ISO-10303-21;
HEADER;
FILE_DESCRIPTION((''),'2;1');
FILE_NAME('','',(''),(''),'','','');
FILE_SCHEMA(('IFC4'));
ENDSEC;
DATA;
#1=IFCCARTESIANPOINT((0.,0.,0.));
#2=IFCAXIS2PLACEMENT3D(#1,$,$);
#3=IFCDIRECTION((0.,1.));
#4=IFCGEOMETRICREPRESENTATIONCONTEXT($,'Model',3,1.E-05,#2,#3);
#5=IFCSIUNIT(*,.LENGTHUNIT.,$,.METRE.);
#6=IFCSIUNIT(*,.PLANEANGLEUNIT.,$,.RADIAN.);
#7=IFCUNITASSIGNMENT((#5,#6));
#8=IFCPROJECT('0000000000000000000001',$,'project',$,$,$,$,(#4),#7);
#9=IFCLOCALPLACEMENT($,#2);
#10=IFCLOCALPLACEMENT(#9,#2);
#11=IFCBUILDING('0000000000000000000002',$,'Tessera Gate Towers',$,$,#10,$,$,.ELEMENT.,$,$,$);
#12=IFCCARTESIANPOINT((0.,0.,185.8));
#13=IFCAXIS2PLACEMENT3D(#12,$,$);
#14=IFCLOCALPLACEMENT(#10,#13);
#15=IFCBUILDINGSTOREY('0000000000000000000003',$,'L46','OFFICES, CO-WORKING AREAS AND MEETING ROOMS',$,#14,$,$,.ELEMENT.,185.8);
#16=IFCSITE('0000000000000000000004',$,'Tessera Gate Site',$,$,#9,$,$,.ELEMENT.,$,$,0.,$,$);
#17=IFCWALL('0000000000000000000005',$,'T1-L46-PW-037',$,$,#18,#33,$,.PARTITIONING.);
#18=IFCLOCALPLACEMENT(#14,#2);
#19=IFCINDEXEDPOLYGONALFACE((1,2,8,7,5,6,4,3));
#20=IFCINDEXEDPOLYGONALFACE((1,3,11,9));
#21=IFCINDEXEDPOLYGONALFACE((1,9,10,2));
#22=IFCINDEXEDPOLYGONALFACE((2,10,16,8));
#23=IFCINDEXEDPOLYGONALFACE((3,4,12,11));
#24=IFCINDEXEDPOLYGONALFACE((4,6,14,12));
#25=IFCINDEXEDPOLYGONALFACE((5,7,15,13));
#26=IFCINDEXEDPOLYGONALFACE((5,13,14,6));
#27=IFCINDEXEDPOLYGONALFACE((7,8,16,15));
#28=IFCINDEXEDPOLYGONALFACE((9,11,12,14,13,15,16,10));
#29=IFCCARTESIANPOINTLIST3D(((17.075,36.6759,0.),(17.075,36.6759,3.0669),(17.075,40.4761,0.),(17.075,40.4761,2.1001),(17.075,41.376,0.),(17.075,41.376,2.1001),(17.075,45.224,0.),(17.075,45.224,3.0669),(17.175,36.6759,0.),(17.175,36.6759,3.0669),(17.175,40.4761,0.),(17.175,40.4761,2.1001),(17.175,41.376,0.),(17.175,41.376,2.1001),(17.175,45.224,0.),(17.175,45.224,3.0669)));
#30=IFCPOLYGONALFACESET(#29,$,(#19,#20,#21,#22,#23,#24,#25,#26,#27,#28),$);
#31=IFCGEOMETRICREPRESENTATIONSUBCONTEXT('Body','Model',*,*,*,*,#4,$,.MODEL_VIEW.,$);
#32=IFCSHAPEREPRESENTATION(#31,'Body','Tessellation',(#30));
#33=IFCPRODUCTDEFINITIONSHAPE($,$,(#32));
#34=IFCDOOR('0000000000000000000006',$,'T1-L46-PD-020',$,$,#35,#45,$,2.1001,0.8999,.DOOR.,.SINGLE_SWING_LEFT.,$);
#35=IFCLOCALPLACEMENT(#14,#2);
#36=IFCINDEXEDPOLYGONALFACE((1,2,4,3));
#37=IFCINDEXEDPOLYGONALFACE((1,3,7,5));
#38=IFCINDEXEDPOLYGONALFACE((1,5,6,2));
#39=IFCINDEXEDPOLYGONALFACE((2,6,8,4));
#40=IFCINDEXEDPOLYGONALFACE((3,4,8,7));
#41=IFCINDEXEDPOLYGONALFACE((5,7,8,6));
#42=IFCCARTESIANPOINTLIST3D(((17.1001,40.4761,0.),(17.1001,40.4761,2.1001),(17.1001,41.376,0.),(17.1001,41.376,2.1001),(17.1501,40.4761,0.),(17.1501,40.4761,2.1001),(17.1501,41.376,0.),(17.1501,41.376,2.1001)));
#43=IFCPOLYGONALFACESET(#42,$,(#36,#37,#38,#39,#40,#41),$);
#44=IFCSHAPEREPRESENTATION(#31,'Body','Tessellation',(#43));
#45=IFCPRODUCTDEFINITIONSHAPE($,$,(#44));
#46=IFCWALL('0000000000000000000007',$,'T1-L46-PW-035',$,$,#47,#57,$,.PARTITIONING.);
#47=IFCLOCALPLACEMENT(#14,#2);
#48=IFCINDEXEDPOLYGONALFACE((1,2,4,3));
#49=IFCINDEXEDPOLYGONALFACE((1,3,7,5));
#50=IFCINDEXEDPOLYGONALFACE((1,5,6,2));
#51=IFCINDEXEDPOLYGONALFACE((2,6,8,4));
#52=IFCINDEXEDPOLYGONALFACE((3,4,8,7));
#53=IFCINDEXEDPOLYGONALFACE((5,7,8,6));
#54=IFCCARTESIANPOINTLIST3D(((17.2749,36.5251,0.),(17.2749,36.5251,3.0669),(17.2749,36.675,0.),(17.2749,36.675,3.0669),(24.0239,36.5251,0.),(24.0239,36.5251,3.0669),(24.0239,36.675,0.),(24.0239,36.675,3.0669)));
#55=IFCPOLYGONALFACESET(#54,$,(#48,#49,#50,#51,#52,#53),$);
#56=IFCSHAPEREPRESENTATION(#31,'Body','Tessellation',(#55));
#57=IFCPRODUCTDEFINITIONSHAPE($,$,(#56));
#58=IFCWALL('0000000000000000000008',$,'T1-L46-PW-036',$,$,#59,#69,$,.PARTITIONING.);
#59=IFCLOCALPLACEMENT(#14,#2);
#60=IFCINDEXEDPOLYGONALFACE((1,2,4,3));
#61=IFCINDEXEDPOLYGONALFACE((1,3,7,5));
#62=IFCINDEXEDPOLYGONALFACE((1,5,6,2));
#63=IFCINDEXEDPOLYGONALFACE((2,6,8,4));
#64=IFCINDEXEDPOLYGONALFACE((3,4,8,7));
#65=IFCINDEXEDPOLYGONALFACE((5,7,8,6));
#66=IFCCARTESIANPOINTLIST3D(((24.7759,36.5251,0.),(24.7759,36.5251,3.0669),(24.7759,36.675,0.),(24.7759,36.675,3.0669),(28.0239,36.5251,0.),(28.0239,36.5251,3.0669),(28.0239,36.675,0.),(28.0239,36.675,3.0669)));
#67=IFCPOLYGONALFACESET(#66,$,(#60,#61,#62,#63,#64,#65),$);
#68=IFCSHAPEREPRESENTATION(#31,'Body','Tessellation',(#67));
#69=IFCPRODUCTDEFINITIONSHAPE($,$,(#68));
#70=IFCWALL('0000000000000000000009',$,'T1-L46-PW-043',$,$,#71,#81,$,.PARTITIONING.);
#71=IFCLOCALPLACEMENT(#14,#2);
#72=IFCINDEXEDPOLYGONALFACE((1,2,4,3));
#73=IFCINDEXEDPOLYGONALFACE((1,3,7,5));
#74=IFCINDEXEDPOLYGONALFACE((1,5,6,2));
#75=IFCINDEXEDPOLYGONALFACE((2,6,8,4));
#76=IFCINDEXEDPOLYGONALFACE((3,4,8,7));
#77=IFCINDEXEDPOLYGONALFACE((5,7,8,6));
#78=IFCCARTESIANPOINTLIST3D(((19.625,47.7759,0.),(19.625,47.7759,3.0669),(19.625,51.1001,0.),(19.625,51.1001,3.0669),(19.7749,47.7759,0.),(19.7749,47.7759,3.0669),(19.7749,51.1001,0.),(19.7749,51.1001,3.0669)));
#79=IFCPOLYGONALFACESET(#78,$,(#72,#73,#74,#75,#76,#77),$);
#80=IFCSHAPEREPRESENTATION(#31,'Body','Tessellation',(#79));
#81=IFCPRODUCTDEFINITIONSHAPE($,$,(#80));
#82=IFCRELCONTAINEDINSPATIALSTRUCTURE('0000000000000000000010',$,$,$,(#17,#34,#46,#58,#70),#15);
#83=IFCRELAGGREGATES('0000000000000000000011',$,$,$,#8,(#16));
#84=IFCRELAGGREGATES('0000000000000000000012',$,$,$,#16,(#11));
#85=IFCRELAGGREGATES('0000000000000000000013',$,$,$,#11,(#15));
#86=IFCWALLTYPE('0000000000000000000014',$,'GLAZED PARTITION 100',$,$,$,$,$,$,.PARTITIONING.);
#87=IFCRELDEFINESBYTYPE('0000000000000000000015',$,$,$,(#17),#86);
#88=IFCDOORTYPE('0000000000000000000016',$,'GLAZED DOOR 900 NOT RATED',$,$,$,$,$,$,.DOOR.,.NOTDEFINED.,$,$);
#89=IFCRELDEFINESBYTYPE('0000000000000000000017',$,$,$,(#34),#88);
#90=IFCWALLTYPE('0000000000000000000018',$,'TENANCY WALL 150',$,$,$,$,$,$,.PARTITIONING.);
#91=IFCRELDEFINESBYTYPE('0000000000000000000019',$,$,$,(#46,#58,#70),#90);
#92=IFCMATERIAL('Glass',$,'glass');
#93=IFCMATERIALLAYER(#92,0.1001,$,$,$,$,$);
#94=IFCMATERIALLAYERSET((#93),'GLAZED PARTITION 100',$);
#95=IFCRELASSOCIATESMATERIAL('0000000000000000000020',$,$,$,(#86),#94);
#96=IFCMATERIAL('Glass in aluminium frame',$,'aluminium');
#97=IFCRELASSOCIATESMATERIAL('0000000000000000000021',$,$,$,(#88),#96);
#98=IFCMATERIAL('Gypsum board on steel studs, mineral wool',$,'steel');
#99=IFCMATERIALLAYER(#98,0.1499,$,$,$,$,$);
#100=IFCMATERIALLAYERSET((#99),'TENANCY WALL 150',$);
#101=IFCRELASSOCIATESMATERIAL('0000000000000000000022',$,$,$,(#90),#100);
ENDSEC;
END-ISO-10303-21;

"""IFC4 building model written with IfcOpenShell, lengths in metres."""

from ifc_helpers import new_model, si_unit, direction, frame, frame_2d, origin, place, context, subcontext, project, spatial, rectangle, extrude, source, transform, mapped, material, layer, layer_set, type_object, element, fill, save


model = new_model("IFC4")

# Units and contexts
model_context = context("Model", 3, precision=1e-05, world=origin(), true_north=direction((0.0, 1.0)))
body_context = subcontext(model_context, "Body", "Model", "MODEL_VIEW")
ifc_project = project(units=[si_unit("LENGTHUNIT", "METRE"), si_unit("PLANEANGLEUNIT", "RADIAN")], contexts=[model_context])

# Site, building, storey
site_placement = place(None, origin())
site = spatial("IfcSite", under=ifc_project, at=site_placement, Name="Tessera Gate Site", CompositionType="ELEMENT", RefElevation=0.0)
building_placement = place(site_placement, origin())
building = spatial("IfcBuilding", under=site, at=building_placement, Name="Tessera Gate Towers", CompositionType="ELEMENT")
storey_placement = place(building_placement, frame((0.0, 0.0, 185.8)))
storey = spatial("IfcBuildingStorey", under=building, at=storey_placement, Name="L46", Description="OFFICES, CO-WORKING AREAS AND MEETING ROOMS", CompositionType="ELEMENT", Elevation=185.8)

# Wall, opening, door
ifc_material_1 = material(Name="Glass", Category="glass")
ifc_layer_1 = layer(ifc_material_1, 0.1001)
ifc_layer_set_1 = layer_set([ifc_layer_1], Name="GLAZED PARTITION 100")
wall_type_1 = type_object("IfcWallType", Name="GLAZED PARTITION 100", PredefinedType="PARTITIONING", material=ifc_layer_set_1)
wall_1_placement = place(storey_placement, frame((17.125, 36.676, 0.0), z_axis=(0.0, 0.0, 1.0), x_axis=(0.0, 1.0, 0.0)))
wall_1 = element("IfcWall", 1, at=wall_1_placement, inside=storey, type_object=wall_type_1, Name="T1-L46-PW-037", PredefinedType="PARTITIONING", context=body_context, shape_type="SweptSolid", body=[
    extrude(rectangle(XDim=8.5481, YDim=0.1001, at=frame_2d((4.2739, 0.0))), origin(), (0.0, 0.0, 1.0), 3.0669),
])
shared_shape_1 = source(origin(), body_context, "Body", "SweptSolid", [
    extrude(rectangle(XDim=0.8999, YDim=2.1001, at=frame_2d((0.45, 1.05))), frame((0.0, 0.0601, 0.0), z_axis=(0.0, -1.0, 0.0), x_axis=(1.0, 0.0, 0.0)), (0.0, 0.0, 1.0), 0.1201),
])
opening_1_placement = place(wall_1_placement, frame((3.8, 0.0, 0.0)))
opening_1 = element("IfcOpeningElement", 2, at=opening_1_placement, cuts=wall_1, PredefinedType="OPENING", context=body_context, shape_type="MappedRepresentation", body=[
    mapped(shared_shape_1, transform((0.0, 0.0, 0.0), scale=1.0)),
])
ifc_material_2 = material(Name="Glass in aluminium frame", Category="aluminium")
door_type_1 = type_object("IfcDoorType", Name="GLAZED DOOR 900 NOT RATED", OperationType="NOTDEFINED", PredefinedType="DOOR", material=ifc_material_2)
shared_shape_2 = source(origin(), body_context, "Body", "SweptSolid", [
    extrude(rectangle(XDim=0.8999, YDim=2.1001, at=frame_2d((0.45, 1.05))), frame((0.0, 0.0249, 0.0), z_axis=(0.0, -1.0, 0.0), x_axis=(1.0, 0.0, 0.0)), (0.0, 0.0, 1.0), 0.05),
])
door_1_placement = place(opening_1_placement, origin())
door_1 = element("IfcDoor", 3, at=door_1_placement, inside=storey, type_object=door_type_1, Name="T1-L46-PD-020", OperationType="SINGLE_SWING_LEFT", OverallHeight=2.1001, OverallWidth=0.8999, PredefinedType="DOOR", context=body_context, shape_type="MappedRepresentation", body=[
    mapped(shared_shape_2, transform((0.0, 0.0, 0.0), scale=1.0)),
])
fill(opening_1, door_1)

# Walls
ifc_material_3 = material(Name="Gypsum board on steel studs, mineral wool", Category="steel")
ifc_layer_2 = layer(ifc_material_3, 0.1499)
ifc_layer_set_2 = layer_set([ifc_layer_2], Name="TENANCY WALL 150")
wall_type_2 = type_object("IfcWallType", Name="TENANCY WALL 150", PredefinedType="PARTITIONING", material=ifc_layer_set_2)
wall_2_placement = place(storey_placement, frame((17.2749, 36.6001, 0.0), z_axis=(0.0, 0.0, 1.0), x_axis=(1.0, 0.0, 0.0)))
element("IfcWall", 4, at=wall_2_placement, inside=storey, type_object=wall_type_2, Name="T1-L46-PW-035", PredefinedType="PARTITIONING", context=body_context, shape_type="SweptSolid", body=[
    extrude(rectangle(XDim=6.749, YDim=0.1499, at=frame_2d((3.3745, 0.0))), origin(), (0.0, 0.0, 1.0), 3.0669),
])
wall_3_placement = place(storey_placement, frame((24.7759, 36.6001, 0.0), z_axis=(0.0, 0.0, 1.0), x_axis=(1.0, 0.0, 0.0)))
element("IfcWall", 5, at=wall_3_placement, inside=storey, type_object=wall_type_2, Name="T1-L46-PW-036", PredefinedType="PARTITIONING", context=body_context, shape_type="SweptSolid", body=[
    extrude(rectangle(XDim=3.248, YDim=0.1499, at=frame_2d((1.624, 0.0))), origin(), (0.0, 0.0, 1.0), 3.0669),
])
wall_4_placement = place(storey_placement, frame((19.7, 47.7759, 0.0), z_axis=(0.0, 0.0, 1.0), x_axis=(0.0, 1.0, 0.0)))
element("IfcWall", 6, at=wall_4_placement, inside=storey, type_object=wall_type_2, Name="T1-L46-PW-043", PredefinedType="PARTITIONING", context=body_context, shape_type="SweptSolid", body=[
    extrude(rectangle(XDim=3.3242, YDim=0.1499, at=frame_2d((1.6621, 0.0))), origin(), (0.0, 0.0, 1.0), 3.0669),
])

save(model, "model.ifc")
